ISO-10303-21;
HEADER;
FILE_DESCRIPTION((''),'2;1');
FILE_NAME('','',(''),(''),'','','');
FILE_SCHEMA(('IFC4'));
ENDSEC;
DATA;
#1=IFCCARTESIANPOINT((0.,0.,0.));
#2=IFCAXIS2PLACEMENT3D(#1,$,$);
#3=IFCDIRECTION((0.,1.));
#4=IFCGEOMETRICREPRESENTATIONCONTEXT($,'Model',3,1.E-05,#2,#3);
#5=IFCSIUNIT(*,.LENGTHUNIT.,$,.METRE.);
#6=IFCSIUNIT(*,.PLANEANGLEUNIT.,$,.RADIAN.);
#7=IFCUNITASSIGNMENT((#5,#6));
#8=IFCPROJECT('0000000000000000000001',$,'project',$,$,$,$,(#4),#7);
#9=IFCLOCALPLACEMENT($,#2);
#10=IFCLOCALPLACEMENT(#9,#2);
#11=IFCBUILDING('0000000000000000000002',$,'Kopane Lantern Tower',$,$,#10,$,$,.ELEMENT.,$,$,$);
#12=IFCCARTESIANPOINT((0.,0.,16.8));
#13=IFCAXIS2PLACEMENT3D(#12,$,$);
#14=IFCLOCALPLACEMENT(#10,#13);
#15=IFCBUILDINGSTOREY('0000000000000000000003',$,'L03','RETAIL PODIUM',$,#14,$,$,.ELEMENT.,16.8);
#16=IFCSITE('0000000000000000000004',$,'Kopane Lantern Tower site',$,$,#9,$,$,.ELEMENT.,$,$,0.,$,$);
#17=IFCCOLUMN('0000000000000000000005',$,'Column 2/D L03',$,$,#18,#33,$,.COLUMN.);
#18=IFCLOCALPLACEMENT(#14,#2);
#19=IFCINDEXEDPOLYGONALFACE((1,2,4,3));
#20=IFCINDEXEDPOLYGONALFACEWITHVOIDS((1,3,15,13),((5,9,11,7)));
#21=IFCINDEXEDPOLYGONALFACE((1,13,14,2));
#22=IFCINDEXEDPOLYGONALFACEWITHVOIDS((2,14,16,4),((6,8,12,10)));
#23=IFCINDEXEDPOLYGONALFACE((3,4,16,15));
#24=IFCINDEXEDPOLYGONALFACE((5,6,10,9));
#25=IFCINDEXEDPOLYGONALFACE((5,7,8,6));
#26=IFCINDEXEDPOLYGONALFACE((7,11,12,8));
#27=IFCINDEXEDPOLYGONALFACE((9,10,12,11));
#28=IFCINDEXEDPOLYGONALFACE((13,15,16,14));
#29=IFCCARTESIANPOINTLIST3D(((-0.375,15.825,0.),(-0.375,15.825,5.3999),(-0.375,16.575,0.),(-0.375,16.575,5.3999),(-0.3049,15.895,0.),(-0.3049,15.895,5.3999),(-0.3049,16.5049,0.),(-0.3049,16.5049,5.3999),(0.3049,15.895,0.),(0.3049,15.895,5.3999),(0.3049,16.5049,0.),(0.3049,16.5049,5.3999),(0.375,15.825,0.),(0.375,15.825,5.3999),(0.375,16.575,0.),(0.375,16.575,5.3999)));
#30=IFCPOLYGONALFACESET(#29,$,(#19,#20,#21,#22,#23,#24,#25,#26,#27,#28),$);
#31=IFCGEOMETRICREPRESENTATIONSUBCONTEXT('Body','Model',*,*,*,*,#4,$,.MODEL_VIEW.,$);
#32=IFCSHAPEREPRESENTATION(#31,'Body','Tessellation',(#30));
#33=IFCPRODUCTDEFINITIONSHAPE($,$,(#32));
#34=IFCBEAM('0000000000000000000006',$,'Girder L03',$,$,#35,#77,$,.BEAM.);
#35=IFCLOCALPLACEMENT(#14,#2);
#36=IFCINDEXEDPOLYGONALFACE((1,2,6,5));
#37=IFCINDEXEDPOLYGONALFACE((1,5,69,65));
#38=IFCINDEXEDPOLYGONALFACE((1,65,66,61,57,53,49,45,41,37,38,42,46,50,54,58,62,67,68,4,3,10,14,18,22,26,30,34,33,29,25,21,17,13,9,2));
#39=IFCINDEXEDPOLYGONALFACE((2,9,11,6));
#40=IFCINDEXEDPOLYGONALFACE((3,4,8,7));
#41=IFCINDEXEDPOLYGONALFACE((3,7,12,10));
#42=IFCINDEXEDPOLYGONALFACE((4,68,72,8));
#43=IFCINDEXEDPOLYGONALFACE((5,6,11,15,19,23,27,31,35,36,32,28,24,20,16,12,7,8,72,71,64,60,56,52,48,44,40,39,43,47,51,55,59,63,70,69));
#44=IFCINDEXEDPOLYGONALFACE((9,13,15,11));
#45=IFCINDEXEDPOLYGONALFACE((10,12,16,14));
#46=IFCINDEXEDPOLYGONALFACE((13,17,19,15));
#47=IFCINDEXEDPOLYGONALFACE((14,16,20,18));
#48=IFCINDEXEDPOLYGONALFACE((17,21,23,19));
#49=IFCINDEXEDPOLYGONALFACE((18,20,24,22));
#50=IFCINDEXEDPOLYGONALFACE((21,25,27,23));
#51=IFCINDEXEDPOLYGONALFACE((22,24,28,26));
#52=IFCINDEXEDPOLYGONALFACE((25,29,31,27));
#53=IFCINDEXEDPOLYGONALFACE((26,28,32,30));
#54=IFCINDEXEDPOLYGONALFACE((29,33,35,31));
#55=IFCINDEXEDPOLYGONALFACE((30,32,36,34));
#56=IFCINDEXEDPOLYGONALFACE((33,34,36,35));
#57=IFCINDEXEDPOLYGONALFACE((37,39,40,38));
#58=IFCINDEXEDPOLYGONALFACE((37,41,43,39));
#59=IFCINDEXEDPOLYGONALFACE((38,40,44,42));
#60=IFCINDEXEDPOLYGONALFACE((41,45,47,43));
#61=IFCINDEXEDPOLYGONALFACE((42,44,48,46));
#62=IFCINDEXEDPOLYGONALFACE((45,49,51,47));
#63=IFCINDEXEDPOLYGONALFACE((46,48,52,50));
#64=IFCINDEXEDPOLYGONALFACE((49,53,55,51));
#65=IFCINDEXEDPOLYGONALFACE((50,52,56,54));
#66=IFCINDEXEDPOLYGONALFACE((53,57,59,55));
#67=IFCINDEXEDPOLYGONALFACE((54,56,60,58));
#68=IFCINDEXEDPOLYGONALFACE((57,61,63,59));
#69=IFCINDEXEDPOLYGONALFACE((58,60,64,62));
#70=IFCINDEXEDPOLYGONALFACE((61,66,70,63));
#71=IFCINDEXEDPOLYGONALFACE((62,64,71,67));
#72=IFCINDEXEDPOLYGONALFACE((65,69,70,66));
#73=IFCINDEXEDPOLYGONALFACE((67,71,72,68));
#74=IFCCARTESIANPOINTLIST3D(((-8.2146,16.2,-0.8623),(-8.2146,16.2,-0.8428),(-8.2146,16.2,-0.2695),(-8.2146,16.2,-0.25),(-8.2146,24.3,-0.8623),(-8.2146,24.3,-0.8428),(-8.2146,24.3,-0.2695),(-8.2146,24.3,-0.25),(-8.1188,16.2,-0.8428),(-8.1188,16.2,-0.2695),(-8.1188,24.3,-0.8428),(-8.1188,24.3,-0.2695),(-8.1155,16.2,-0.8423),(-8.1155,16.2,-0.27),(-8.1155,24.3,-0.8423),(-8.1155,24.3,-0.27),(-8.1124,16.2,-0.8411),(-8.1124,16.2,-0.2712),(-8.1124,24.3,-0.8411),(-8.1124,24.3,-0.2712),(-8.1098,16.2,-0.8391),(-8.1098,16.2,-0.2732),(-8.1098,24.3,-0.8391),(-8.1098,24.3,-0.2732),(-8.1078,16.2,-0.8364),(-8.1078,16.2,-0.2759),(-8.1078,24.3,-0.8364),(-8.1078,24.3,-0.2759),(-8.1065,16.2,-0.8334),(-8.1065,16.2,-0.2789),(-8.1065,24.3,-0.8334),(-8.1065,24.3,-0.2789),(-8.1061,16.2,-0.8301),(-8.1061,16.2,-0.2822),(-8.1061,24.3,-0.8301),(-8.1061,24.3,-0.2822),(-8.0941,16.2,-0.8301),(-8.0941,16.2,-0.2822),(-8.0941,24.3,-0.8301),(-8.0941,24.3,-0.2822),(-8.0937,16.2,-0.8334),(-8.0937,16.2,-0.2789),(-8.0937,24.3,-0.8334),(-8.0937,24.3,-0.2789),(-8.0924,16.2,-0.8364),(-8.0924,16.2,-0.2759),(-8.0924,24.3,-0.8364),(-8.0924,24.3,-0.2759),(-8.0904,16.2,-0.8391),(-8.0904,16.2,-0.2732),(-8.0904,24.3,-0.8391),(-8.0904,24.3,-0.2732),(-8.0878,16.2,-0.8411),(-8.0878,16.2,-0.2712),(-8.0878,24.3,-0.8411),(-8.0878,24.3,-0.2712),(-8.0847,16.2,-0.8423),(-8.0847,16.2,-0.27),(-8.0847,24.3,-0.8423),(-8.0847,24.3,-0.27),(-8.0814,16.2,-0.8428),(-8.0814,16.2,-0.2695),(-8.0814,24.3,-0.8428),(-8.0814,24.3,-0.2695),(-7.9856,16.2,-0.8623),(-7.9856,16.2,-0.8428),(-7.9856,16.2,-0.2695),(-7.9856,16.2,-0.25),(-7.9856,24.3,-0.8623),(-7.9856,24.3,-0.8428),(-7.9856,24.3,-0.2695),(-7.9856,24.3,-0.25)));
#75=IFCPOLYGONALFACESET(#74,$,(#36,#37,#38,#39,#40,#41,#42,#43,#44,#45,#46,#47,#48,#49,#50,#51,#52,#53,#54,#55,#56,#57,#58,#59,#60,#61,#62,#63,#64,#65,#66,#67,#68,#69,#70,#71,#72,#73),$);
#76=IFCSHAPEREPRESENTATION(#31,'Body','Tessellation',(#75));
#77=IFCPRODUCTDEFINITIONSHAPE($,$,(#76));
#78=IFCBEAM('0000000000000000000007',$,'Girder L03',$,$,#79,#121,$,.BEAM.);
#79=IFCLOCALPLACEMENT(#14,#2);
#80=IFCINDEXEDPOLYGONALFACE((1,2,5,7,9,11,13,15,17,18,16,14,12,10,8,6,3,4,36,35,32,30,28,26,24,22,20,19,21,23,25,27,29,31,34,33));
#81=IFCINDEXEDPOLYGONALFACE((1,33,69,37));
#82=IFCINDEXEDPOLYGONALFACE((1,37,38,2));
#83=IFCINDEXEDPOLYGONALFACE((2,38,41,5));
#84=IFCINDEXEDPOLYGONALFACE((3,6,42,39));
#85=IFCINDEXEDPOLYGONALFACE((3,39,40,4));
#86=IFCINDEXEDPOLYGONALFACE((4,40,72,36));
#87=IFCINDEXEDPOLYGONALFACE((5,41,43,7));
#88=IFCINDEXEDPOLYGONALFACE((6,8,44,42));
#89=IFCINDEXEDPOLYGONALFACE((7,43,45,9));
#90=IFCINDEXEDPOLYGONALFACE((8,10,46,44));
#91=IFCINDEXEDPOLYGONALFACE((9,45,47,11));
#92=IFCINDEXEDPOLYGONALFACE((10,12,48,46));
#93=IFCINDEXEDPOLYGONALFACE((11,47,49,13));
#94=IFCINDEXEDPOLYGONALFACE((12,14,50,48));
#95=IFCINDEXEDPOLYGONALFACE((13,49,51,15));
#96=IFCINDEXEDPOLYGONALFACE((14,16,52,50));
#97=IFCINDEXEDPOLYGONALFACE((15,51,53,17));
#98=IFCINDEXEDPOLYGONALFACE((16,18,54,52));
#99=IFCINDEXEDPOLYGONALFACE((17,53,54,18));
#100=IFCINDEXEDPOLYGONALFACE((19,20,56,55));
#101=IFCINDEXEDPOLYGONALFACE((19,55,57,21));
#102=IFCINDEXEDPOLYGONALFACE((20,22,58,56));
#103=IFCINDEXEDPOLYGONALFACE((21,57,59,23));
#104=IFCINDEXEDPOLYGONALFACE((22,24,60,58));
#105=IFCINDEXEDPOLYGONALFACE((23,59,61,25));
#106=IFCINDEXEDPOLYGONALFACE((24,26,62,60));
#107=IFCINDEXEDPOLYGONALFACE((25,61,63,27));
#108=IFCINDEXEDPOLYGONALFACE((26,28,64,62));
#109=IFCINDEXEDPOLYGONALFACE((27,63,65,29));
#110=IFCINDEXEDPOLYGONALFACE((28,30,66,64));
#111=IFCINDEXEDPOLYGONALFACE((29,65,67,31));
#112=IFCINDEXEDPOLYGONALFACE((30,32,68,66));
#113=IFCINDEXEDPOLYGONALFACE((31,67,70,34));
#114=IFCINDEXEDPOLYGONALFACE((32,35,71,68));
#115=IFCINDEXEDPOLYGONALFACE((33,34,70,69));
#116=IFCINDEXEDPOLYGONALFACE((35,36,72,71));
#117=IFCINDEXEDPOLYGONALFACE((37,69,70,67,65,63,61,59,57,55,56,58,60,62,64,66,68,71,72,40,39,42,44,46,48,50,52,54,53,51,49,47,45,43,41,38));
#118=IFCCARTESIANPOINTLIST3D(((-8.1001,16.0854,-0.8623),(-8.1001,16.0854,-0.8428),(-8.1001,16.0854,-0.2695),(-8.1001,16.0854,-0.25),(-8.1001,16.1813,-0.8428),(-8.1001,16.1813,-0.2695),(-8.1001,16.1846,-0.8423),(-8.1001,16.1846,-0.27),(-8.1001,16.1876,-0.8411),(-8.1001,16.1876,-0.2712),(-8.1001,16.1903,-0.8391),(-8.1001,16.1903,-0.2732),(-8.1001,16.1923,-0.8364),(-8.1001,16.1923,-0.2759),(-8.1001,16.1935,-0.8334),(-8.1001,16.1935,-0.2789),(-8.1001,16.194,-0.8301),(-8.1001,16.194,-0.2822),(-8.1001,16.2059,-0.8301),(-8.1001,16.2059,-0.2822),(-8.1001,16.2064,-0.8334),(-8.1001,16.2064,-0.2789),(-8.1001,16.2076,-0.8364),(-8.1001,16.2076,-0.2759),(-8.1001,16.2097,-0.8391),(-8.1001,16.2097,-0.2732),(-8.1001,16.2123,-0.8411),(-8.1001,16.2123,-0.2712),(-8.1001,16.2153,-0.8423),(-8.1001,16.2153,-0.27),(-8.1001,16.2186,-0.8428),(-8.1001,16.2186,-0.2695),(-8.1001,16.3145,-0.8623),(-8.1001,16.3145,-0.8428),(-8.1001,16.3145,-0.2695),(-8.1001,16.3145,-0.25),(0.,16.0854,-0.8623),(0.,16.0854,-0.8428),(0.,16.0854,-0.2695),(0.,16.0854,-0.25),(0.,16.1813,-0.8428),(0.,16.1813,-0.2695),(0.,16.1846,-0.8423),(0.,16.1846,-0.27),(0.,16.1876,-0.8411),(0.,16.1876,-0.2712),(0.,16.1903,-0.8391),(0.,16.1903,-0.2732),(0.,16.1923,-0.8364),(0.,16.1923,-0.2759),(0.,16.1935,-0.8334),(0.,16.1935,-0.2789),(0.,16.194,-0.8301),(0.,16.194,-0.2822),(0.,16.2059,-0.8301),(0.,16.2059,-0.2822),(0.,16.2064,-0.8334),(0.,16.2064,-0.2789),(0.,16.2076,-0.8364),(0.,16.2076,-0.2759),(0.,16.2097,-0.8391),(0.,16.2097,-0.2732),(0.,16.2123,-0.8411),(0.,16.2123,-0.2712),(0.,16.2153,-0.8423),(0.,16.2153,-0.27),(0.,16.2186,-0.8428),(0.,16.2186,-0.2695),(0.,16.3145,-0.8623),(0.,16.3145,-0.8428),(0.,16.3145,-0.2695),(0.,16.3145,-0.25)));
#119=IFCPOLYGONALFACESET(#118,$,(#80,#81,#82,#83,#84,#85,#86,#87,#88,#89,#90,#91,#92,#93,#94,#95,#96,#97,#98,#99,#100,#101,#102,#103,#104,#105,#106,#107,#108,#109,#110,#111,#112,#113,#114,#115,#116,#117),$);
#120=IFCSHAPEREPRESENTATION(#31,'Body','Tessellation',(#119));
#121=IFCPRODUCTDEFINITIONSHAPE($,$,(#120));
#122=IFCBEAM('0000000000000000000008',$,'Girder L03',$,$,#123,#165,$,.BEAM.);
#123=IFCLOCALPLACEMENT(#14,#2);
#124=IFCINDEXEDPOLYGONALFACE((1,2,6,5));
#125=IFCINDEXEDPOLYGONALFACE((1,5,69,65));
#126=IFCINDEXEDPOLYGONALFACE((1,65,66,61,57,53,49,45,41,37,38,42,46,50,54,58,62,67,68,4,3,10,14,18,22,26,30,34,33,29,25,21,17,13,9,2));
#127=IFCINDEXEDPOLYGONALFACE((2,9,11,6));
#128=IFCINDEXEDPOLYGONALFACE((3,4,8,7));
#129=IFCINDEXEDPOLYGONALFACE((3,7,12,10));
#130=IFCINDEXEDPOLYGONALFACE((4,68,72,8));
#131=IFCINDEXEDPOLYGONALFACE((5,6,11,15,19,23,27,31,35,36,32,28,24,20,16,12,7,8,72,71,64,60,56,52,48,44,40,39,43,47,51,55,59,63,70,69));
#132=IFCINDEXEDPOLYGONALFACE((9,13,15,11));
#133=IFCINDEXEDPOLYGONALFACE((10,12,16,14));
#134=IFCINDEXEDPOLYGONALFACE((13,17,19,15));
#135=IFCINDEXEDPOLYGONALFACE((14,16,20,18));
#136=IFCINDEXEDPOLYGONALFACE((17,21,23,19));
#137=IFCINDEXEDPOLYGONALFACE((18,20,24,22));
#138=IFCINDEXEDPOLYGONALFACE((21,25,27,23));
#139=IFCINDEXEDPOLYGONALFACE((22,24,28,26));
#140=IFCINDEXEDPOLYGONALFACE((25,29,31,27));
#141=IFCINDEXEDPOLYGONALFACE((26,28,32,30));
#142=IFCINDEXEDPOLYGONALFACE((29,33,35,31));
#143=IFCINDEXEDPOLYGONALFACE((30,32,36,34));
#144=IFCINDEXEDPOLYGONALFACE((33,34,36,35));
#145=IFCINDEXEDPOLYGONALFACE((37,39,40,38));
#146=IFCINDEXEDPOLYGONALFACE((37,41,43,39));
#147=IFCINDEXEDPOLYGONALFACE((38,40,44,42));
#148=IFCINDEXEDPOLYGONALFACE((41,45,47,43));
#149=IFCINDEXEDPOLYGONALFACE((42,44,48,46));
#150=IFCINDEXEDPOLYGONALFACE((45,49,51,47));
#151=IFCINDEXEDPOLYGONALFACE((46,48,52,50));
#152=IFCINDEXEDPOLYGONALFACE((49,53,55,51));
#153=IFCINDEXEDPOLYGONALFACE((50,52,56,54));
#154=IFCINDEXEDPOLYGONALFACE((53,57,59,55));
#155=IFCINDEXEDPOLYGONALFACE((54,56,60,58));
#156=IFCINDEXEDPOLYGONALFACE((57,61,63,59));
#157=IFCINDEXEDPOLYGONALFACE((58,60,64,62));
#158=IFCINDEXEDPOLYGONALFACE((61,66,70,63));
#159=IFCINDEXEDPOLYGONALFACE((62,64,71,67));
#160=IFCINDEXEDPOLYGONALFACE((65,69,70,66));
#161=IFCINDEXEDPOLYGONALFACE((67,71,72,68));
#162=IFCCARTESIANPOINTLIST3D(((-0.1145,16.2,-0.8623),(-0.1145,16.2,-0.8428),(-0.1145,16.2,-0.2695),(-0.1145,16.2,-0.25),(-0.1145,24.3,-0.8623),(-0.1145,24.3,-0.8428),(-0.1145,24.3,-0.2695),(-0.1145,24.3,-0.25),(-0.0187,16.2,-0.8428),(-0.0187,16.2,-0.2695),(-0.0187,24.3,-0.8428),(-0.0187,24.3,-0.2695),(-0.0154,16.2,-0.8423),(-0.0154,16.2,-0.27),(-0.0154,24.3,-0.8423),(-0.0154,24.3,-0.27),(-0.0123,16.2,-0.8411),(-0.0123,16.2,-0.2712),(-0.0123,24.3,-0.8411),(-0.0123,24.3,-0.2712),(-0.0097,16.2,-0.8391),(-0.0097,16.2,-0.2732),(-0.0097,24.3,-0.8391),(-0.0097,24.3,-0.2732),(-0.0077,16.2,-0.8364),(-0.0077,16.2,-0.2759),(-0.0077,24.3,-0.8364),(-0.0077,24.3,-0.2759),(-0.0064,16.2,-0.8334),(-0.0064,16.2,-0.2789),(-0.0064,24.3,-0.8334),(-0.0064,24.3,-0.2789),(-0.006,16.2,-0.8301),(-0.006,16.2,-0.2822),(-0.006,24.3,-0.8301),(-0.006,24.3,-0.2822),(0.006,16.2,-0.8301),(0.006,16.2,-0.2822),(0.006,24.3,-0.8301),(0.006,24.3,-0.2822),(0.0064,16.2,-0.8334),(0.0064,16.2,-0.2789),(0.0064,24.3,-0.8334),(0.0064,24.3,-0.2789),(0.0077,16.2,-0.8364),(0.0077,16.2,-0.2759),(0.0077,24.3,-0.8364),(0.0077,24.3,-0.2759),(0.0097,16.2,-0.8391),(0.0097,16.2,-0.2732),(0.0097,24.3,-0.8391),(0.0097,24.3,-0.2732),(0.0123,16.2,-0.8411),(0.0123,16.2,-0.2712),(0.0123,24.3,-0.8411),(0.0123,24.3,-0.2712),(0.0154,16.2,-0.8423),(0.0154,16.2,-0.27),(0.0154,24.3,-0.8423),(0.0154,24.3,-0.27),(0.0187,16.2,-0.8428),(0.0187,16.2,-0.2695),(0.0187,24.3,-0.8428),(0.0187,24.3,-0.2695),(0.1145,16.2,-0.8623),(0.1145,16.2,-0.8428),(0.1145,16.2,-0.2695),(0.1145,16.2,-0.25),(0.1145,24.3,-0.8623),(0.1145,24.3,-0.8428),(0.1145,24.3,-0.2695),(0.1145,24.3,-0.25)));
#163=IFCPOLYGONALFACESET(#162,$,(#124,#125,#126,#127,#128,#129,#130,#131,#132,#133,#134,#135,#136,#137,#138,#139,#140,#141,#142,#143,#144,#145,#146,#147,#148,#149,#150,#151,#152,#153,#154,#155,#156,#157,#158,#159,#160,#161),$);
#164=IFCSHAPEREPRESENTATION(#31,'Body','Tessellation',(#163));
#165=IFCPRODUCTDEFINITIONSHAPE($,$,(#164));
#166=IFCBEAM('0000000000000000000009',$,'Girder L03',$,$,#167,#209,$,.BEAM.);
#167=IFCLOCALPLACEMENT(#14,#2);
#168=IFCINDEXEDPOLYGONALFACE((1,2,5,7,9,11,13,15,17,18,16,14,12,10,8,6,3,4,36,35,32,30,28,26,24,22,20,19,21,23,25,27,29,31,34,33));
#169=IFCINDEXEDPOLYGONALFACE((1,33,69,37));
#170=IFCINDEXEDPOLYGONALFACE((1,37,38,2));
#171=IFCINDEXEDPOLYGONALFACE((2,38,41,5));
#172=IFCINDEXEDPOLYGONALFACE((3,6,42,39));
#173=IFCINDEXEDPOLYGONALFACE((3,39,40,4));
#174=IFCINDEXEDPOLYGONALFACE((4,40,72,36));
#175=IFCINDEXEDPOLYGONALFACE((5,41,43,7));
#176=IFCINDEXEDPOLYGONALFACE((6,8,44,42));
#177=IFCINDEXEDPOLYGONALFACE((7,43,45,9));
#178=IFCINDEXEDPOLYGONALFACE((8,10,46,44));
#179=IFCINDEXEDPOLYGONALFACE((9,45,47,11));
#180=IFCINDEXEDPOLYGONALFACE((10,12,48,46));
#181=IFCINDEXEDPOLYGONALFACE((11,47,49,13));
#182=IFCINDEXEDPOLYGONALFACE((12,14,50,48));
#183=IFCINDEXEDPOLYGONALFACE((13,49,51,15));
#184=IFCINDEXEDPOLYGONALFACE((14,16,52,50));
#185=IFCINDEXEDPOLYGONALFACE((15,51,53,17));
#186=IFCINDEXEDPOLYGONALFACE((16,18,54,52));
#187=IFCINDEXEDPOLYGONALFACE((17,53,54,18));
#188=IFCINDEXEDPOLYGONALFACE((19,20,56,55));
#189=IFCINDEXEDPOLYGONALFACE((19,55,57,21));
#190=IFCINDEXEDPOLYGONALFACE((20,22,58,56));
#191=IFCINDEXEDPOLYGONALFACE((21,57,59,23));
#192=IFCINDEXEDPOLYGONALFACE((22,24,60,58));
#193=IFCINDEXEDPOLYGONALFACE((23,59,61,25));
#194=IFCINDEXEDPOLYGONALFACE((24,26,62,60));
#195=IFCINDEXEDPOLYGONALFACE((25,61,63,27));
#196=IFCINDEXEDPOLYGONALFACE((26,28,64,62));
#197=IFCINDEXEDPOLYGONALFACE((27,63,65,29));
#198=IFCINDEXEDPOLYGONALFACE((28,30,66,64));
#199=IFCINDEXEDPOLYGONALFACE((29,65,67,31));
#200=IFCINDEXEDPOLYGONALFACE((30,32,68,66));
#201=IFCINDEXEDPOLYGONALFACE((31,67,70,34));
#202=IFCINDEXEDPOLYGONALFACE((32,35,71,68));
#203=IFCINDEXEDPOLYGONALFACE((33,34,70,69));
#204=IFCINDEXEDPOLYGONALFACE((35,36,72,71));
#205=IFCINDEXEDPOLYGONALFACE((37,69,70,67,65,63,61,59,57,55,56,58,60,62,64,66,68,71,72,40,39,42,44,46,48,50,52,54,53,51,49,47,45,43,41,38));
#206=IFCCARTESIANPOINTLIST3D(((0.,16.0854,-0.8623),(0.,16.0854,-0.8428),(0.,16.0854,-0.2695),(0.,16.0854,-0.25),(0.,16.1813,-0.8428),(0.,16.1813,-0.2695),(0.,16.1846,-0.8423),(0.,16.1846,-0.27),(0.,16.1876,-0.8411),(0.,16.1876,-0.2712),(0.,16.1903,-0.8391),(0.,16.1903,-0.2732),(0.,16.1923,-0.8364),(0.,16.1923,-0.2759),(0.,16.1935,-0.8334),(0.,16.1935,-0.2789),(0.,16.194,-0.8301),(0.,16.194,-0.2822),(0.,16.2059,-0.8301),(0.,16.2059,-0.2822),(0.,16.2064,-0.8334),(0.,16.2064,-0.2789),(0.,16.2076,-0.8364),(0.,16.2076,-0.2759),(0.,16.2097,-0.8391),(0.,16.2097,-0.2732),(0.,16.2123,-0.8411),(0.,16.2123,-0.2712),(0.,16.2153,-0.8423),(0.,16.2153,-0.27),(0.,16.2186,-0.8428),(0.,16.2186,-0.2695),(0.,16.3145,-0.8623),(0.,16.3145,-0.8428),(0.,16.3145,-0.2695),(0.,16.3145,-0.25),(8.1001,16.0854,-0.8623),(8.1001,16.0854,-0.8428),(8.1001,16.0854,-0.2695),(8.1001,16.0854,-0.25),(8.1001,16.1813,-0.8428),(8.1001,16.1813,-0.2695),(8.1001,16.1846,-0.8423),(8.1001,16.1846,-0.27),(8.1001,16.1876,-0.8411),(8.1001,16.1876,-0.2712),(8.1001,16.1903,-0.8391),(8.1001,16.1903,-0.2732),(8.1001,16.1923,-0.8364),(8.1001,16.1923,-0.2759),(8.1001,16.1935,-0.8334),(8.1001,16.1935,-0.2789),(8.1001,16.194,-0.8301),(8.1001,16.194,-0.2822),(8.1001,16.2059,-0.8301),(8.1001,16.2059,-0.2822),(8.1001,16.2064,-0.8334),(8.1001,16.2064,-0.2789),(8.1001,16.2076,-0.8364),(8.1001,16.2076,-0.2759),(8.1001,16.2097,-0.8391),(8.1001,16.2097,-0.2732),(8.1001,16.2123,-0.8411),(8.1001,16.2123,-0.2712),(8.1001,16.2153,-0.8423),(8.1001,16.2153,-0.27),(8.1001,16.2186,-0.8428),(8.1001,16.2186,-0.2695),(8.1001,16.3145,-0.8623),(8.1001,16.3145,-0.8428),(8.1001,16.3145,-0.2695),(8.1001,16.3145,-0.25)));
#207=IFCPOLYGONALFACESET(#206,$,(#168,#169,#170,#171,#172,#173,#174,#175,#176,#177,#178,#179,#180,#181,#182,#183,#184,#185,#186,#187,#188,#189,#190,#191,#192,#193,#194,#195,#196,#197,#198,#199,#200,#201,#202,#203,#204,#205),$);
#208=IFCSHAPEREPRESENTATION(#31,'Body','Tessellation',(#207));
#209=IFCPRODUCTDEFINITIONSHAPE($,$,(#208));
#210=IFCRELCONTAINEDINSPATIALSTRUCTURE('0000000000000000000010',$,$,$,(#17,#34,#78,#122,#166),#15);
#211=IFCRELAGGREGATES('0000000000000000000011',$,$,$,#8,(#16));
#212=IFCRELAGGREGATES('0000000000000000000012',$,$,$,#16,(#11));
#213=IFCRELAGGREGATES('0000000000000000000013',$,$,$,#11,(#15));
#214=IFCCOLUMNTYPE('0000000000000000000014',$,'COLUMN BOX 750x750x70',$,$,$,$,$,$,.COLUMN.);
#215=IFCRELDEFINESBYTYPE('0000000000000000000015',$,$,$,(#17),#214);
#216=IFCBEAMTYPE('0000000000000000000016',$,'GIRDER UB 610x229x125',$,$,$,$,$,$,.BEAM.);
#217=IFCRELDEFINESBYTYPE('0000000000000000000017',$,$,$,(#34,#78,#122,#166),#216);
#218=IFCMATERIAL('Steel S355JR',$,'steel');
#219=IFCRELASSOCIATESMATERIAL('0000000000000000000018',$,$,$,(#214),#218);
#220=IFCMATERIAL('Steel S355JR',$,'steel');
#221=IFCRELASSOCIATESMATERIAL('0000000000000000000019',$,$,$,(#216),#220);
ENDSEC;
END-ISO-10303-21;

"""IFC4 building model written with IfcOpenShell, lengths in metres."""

from ifc_helpers import new_model, si_unit, direction, frame, origin, origin_2d, place, context, subcontext, project, spatial, hollow_rectangle, i_section, extrude, material, material_profile, profile_set, type_object, element, save


model = new_model("IFC4")

# Units and contexts
model_context = context("Model", 3, precision=1e-05, world=origin(), true_north=direction((0.0, 1.0)))
body_context = subcontext(model_context, "Body", "Model", "MODEL_VIEW")
ifc_project = project(units=[si_unit("LENGTHUNIT", "METRE"), si_unit("PLANEANGLEUNIT", "RADIAN")], contexts=[model_context])

# Site, building, storey
site_placement = place(None, origin())
site = spatial("IfcSite", under=ifc_project, at=site_placement, Name="Kopane Lantern Tower site", CompositionType="ELEMENT", RefElevation=0.0)
building_placement = place(site_placement, origin())
building = spatial("IfcBuilding", under=site, at=building_placement, Name="Kopane Lantern Tower", CompositionType="ELEMENT")
storey_placement = place(building_placement, frame((0.0, 0.0, 16.8)))
storey = spatial("IfcBuildingStorey", under=building, at=storey_placement, Name="L03", Description="RETAIL PODIUM", CompositionType="ELEMENT", Elevation=16.8)

# Column
ifc_material_1 = material(Name="Steel S355JR", Category="steel")
ifc_material_profile_1 = material_profile(ifc_material_1, hollow_rectangle(XDim=0.75, YDim=0.75, WallThickness=0.0701, at=origin_2d()), Name="BOX 750x750x70")
ifc_profile_set_1 = profile_set([ifc_material_profile_1], Name="Steel S355JR")
column_type = type_object("IfcColumnType", Name="COLUMN BOX 750x750x70", PredefinedType="COLUMN", material=ifc_profile_set_1)
column_placement = place(storey_placement, frame((0.0, 16.2, 0.0), z_axis=(0.0, 0.0, 1.0), x_axis=(1.0, 0.0, 0.0)))
element("IfcColumn", 1, at=column_placement, inside=storey, type_object=column_type, Name="Column 2/D L03", PredefinedType="COLUMN", context=body_context, shape_type="SweptSolid", body=[
    extrude(hollow_rectangle(XDim=0.75, YDim=0.75, WallThickness=0.0701, at=origin_2d()), origin(), (0.0, 0.0, 1.0), 5.3999),
])

# Beams
ifc_material_2 = material(Name="Steel S355JR", Category="steel")
ifc_material_profile_2 = material_profile(ifc_material_2, i_section(OverallWidth=0.229, OverallDepth=0.6123, WebThickness=0.012, FlangeThickness=0.0195, FilletRadius=0.0127, at=origin_2d()), Name="UB 610x229x125")
ifc_profile_set_2 = profile_set([ifc_material_profile_2], Name="Steel S355JR")
beam_type = type_object("IfcBeamType", Name="GIRDER UB 610x229x125", PredefinedType="BEAM", material=ifc_profile_set_2)
for number, where, z_axis, x_axis, name in (
    (2, (-8.1001, 16.2, -0.5562), (0.0, 1.0, 0.0), (-1.0, 0.0, 0.0), "Girder L03"),
    (3, (-8.1001, 16.2, -0.5562), (1.0, 0.0, 0.0), (0.0, 1.0, 0.0), "Girder L03"),
    (4, (0.0, 16.2, -0.5562), (0.0, 1.0, 0.0), (-1.0, 0.0, 0.0), "Girder L03"),
    (5, (0.0, 16.2, -0.5562), (1.0, 0.0, 0.0), (0.0, 1.0, 0.0), "Girder L03"),
):
    element("IfcBeam", number, at=place(storey_placement, frame(where, z_axis=z_axis, x_axis=x_axis)), inside=storey, type_object=beam_type, Name=name, PredefinedType="BEAM", context=body_context, shape_type="SweptSolid", body=[
        extrude(i_section(OverallWidth=0.229, OverallDepth=0.6123, WebThickness=0.012, FlangeThickness=0.0195, FilletRadius=0.0127, at=origin_2d()), origin(), (0.0, 0.0, 1.0), 8.1001),
    ])

save(model, "model.ifc")
